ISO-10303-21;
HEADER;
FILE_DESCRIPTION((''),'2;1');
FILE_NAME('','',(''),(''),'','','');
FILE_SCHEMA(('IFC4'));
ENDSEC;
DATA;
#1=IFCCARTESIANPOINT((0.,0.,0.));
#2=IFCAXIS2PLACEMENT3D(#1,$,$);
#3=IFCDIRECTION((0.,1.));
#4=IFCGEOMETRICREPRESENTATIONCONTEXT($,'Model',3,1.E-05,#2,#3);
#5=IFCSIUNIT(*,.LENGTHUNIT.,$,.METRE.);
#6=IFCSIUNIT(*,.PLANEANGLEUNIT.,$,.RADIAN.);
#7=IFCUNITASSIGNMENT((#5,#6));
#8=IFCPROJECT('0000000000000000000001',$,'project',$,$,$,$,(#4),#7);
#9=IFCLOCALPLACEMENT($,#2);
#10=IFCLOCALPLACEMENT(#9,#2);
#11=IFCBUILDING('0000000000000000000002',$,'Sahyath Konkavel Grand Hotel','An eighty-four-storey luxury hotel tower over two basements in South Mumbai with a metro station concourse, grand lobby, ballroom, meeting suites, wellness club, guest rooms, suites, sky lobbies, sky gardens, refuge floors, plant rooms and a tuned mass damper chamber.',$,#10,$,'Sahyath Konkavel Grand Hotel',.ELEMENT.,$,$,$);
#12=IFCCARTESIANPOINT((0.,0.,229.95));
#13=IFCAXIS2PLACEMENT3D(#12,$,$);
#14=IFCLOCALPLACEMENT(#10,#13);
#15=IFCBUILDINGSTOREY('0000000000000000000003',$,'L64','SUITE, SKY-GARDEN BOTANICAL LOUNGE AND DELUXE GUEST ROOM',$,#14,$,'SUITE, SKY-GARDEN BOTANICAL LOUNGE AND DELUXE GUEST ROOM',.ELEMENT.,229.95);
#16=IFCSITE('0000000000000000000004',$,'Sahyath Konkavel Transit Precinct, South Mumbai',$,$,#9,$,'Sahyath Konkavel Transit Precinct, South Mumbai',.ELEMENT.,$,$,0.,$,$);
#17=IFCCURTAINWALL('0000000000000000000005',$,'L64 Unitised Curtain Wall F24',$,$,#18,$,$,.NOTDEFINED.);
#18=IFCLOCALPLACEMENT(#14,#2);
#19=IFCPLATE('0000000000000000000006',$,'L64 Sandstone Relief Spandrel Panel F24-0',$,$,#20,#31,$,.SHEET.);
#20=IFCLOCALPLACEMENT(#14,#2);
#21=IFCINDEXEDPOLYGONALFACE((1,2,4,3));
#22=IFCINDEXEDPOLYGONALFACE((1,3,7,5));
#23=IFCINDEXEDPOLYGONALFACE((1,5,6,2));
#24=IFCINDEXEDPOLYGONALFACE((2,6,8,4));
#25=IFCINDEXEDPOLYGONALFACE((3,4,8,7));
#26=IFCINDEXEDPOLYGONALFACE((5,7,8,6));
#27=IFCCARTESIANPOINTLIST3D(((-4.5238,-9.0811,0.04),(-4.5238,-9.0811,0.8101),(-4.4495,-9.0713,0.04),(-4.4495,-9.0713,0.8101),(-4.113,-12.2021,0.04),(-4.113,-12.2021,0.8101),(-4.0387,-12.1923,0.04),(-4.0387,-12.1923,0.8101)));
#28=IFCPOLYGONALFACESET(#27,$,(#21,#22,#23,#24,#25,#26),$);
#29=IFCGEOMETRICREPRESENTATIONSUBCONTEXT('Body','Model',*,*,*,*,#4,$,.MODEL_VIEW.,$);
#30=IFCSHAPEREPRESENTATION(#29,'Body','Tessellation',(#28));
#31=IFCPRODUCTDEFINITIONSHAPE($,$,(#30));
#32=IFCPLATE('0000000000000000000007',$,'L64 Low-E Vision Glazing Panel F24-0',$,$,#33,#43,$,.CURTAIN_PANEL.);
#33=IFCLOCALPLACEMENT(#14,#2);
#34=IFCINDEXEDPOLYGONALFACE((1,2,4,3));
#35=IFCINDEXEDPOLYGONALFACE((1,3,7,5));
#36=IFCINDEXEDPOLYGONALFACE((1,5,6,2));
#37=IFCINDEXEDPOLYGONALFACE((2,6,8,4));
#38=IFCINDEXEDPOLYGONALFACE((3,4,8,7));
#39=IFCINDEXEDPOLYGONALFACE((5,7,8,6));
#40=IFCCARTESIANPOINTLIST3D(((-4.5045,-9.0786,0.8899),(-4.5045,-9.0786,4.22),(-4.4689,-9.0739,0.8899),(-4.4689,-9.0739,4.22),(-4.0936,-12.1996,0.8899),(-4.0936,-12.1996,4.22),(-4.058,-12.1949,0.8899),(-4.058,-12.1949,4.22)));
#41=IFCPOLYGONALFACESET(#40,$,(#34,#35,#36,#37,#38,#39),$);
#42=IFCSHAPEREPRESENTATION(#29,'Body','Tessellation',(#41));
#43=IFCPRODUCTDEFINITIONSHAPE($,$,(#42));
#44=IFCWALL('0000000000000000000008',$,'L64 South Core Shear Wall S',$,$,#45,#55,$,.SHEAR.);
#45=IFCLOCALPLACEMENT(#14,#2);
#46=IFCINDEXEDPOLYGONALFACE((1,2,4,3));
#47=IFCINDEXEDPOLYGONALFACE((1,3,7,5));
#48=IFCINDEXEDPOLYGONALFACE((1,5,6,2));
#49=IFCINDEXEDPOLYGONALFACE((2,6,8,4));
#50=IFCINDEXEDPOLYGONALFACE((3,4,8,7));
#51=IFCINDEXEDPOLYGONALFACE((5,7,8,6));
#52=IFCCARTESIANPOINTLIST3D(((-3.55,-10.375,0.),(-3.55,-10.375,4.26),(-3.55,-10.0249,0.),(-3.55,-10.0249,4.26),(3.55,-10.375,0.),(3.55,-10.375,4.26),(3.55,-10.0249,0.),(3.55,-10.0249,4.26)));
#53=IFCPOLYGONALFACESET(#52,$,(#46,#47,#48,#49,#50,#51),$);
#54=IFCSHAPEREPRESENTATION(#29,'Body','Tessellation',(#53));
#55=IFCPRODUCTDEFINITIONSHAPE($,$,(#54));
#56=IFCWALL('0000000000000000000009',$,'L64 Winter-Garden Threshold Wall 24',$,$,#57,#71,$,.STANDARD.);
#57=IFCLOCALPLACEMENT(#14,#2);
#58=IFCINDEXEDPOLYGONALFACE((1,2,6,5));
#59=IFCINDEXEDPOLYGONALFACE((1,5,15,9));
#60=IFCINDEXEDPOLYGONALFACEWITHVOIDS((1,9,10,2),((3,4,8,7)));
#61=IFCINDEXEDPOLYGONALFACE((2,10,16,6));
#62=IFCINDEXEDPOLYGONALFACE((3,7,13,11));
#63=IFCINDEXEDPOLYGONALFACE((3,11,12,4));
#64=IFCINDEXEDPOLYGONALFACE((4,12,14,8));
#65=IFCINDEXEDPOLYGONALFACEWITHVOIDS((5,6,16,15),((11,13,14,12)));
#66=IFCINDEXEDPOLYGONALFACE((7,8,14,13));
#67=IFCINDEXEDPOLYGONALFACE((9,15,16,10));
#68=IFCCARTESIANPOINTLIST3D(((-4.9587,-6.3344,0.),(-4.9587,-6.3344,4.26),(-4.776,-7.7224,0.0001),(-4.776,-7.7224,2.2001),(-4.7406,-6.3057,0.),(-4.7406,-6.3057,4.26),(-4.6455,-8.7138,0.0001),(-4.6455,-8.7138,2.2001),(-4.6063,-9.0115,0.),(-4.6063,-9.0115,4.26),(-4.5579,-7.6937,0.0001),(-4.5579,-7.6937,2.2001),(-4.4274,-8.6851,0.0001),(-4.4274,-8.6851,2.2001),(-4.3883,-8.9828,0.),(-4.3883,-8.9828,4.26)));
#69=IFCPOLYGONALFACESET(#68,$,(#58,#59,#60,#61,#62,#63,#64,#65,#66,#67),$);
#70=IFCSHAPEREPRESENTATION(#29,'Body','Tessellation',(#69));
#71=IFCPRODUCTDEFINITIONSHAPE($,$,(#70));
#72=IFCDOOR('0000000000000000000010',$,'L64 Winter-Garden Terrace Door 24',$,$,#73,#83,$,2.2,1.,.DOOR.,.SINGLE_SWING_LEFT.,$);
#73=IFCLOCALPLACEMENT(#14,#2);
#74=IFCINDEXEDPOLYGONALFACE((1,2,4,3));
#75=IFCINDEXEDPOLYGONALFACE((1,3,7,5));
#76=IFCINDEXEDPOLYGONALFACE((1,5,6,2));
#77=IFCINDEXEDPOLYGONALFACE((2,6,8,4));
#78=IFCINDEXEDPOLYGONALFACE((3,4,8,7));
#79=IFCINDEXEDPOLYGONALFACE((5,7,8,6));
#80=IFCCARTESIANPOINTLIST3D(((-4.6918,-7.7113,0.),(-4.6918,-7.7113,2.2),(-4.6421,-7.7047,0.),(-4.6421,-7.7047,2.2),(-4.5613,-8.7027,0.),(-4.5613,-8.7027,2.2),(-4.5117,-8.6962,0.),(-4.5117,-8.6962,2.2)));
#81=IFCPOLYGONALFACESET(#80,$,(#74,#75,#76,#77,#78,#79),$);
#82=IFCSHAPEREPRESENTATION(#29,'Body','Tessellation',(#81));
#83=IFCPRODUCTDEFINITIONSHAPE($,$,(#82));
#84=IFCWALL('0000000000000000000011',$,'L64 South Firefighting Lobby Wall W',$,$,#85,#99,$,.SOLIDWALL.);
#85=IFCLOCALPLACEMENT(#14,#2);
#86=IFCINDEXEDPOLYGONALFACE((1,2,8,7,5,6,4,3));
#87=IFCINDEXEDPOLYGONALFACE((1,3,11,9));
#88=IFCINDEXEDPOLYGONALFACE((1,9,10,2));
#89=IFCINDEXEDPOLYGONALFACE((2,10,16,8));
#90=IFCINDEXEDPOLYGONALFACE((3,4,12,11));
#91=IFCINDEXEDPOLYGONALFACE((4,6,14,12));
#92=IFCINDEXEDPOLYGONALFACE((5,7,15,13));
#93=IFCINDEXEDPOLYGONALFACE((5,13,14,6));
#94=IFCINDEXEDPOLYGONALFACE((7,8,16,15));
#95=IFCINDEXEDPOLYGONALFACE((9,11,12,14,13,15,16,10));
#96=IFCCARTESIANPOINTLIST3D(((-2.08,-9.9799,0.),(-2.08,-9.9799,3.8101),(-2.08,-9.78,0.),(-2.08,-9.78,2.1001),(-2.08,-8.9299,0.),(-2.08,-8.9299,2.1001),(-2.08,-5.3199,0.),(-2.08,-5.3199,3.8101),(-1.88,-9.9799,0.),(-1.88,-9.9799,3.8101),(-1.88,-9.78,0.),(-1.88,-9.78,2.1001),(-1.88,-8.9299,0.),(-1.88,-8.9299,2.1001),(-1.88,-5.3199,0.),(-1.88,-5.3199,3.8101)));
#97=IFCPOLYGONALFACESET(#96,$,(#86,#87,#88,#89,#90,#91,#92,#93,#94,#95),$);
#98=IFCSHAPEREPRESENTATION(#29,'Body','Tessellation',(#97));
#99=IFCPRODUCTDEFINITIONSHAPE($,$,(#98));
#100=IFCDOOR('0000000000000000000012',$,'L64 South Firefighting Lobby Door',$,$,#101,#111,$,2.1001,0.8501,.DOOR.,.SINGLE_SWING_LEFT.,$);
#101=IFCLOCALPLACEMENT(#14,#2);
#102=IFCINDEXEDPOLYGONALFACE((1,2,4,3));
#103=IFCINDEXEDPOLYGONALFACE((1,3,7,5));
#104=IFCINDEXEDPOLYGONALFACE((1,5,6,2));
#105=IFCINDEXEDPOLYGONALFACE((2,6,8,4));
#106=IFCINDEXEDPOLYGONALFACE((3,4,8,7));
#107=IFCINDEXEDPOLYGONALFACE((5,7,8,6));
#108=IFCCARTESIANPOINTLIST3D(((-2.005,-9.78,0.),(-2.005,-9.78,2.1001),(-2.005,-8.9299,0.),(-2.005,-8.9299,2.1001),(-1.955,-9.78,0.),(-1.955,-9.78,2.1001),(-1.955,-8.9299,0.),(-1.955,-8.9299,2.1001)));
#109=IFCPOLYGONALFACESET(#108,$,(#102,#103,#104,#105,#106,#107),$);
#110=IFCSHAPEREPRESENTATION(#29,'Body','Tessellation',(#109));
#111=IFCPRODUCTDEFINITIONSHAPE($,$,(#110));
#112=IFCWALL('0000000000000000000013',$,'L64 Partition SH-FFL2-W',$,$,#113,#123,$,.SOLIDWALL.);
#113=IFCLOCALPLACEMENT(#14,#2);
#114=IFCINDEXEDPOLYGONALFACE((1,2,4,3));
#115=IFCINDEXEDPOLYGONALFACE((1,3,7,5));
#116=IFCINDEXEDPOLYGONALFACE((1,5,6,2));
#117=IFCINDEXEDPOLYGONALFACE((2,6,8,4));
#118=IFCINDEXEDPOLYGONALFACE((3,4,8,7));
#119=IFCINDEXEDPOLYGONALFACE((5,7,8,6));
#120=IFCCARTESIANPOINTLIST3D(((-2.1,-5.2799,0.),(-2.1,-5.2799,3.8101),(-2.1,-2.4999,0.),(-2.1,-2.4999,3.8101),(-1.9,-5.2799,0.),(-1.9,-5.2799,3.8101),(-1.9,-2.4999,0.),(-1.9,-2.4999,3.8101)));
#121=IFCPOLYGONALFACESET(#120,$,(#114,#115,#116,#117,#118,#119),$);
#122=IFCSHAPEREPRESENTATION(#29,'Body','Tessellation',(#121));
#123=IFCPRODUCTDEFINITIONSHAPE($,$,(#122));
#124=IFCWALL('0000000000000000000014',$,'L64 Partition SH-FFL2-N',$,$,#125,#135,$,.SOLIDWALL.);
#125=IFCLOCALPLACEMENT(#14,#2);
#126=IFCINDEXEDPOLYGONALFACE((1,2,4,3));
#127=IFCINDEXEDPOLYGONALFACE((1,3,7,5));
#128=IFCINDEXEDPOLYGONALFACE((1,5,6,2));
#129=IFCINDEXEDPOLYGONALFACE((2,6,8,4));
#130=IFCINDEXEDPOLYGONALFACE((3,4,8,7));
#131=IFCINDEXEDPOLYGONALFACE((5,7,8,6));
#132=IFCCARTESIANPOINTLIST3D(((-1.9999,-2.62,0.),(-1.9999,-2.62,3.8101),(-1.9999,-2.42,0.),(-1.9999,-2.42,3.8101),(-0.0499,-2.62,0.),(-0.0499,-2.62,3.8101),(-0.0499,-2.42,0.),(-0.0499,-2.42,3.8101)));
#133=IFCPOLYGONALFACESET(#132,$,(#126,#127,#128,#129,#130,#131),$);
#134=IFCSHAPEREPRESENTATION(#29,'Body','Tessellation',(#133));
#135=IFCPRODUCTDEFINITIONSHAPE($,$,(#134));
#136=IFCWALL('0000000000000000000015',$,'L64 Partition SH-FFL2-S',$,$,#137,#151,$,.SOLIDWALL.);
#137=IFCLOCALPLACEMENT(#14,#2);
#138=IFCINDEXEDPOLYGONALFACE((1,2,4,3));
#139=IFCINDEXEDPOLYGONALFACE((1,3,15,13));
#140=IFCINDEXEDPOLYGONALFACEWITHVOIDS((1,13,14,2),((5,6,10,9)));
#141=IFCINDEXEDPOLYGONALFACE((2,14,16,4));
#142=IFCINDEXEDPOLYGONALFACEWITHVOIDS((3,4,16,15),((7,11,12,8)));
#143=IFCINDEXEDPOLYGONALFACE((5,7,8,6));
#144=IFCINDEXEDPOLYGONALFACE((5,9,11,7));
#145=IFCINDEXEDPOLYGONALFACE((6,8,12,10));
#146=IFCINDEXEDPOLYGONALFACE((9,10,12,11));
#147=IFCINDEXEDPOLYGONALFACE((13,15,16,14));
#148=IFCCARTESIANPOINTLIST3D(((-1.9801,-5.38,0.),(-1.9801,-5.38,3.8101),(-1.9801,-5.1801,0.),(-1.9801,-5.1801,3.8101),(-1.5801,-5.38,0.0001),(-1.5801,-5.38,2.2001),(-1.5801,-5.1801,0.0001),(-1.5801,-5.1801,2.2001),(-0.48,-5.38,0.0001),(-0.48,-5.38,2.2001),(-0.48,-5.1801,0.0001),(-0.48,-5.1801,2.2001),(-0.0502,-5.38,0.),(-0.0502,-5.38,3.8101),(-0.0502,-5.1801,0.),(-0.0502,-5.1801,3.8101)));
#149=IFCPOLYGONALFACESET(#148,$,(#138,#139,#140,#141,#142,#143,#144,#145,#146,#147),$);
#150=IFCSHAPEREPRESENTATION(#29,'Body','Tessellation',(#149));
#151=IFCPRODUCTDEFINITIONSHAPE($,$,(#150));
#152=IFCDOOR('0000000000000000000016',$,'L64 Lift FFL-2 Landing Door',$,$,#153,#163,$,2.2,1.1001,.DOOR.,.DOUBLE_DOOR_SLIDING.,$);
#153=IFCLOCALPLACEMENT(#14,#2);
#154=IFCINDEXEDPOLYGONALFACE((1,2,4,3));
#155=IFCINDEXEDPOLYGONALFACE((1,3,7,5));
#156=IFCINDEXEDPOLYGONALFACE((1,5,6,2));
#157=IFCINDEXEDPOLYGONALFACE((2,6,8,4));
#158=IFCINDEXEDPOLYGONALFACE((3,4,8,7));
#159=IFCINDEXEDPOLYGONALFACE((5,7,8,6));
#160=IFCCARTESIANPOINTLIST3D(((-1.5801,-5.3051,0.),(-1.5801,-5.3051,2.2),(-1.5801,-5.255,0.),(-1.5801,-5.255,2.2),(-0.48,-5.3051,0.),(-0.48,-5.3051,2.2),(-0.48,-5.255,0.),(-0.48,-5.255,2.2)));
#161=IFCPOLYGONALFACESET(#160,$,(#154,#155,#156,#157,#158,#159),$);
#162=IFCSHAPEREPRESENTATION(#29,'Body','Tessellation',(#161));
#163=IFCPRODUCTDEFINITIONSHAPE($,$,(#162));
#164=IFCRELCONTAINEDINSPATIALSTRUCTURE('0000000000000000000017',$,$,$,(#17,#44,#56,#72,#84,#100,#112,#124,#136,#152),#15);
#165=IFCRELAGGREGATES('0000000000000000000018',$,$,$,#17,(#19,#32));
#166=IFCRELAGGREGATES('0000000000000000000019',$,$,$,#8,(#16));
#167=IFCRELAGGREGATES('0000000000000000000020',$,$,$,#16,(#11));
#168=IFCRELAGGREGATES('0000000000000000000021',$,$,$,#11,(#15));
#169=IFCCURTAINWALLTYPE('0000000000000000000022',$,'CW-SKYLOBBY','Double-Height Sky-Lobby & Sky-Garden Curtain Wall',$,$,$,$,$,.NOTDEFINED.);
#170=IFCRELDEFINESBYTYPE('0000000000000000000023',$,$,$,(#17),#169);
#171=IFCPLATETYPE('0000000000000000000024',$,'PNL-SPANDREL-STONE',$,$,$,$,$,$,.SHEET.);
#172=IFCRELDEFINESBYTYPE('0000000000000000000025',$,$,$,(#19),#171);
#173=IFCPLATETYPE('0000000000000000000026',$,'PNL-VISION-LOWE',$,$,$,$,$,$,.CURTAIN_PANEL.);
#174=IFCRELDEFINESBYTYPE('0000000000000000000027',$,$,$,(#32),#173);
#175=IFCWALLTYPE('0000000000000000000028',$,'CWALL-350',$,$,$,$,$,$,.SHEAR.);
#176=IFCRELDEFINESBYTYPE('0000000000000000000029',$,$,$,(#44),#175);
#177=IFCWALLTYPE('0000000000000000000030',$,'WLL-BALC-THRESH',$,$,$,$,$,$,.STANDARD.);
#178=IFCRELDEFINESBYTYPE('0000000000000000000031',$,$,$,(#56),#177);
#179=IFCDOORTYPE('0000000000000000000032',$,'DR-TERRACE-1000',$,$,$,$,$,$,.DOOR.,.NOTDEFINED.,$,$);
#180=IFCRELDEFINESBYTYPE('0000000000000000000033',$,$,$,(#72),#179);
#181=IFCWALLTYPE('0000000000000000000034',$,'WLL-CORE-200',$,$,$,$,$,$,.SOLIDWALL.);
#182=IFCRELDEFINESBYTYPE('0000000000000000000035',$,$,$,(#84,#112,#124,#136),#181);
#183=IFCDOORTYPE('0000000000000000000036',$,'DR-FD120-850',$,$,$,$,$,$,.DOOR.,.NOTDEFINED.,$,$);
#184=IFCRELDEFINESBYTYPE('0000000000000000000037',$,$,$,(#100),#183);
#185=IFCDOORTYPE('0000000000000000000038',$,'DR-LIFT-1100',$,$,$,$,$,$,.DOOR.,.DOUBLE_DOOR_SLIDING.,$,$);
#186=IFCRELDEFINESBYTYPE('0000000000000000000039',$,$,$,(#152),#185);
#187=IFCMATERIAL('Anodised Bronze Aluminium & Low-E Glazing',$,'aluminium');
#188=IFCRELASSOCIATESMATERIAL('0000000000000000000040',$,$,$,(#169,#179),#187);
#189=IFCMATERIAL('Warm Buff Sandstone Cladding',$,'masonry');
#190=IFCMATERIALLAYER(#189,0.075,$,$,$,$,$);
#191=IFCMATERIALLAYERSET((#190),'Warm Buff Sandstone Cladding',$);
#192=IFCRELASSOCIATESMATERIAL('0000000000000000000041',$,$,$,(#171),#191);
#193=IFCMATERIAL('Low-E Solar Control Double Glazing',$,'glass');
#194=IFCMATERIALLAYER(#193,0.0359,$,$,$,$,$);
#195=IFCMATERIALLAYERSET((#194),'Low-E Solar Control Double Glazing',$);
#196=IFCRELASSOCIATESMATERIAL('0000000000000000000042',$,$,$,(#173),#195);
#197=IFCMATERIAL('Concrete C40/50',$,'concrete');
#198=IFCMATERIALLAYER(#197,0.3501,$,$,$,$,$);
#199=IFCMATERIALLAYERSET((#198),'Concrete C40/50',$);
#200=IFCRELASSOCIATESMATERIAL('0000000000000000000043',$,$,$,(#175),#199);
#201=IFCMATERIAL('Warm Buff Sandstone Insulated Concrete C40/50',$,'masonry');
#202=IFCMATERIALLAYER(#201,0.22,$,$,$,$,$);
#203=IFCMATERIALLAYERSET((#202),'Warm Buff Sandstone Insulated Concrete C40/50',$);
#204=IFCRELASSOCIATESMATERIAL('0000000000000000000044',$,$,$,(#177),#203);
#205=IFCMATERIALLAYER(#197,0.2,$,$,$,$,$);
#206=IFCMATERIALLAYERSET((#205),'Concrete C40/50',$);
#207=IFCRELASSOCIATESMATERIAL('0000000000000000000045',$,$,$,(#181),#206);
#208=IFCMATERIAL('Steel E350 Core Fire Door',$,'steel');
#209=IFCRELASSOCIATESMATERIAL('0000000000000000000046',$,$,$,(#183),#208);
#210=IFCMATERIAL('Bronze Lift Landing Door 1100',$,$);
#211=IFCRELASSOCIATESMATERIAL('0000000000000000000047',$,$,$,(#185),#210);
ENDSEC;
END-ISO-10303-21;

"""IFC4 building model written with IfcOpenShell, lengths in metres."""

from ifc_helpers import new_model, si_unit, direction, frame, frame_2d, origin, origin_2d, place, context, subcontext, project, spatial, rectangle, extrude, source, transform, mapped, material, layer, layer_set, type_object, element, fill, aggregate, save


model = new_model("IFC4")

# Units and contexts
model_context = context("Model", 3, precision=1e-05, world=origin(), true_north=direction((0.0, 1.0)))
body_context = subcontext(model_context, "Body", "Model", "MODEL_VIEW")
ifc_project = project(units=[si_unit("LENGTHUNIT", "METRE"), si_unit("PLANEANGLEUNIT", "RADIAN")], contexts=[model_context])

# Site, building, storey
site_placement = place(None, origin())
site = spatial("IfcSite", under=ifc_project, at=site_placement, Name="Sahyath Konkavel Transit Precinct, South Mumbai", LongName="Sahyath Konkavel Transit Precinct, South Mumbai", CompositionType="ELEMENT", RefElevation=0.0)
building_placement = place(site_placement, origin())
building = spatial("IfcBuilding", under=site, at=building_placement, Name="Sahyath Konkavel Grand Hotel", Description="An eighty-four-storey luxury hotel tower over two basements in South Mumbai with a metro station concourse, grand lobby, ballroom, meeting suites, wellness club, guest rooms, suites, sky lobbies, sky gardens, refuge floors, plant rooms and a tuned mass damper chamber.", LongName="Sahyath Konkavel Grand Hotel", CompositionType="ELEMENT")
storey_placement = place(building_placement, frame((0.0, 0.0, 229.95)))
storey = spatial("IfcBuildingStorey", under=building, at=storey_placement, Name="L64", Description="SUITE, SKY-GARDEN BOTANICAL LOUNGE AND DELUXE GUEST ROOM", LongName="SUITE, SKY-GARDEN BOTANICAL LOUNGE AND DELUXE GUEST ROOM", CompositionType="ELEMENT", Elevation=229.95)

# Shared definitions
ifc_material_1 = material(Name="Concrete C40/50", Category="concrete")

# Shared definitions
ifc_material_2 = material(Name="Anodised Bronze Aluminium & Low-E Glazing", Category="aluminium")
curtain_wall_type = type_object("IfcCurtainWallType", Name="CW-SKYLOBBY", Description="Double-Height Sky-Lobby & Sky-Garden Curtain Wall", PredefinedType="NOTDEFINED", material=ifc_material_2)

# Curtain wall, plates
curtain_wall_1_placement = place(storey_placement, origin())
curtain_wall_1 = element("IfcCurtainWall", 1, at=curtain_wall_1_placement, inside=storey, type_object=curtain_wall_type, Name="L64 Unitised Curtain Wall F24", PredefinedType="NOTDEFINED")
ifc_material_3 = material(Name="Warm Buff Sandstone Cladding", Category="masonry")
ifc_layer_1 = layer(ifc_material_3, 0.075)
ifc_layer_set_1 = layer_set([ifc_layer_1], Name="Warm Buff Sandstone Cladding")
plate_type_1 = type_object("IfcPlateType", Name="PNL-SPANDREL-STONE", PredefinedType="SHEET", material=ifc_layer_set_1)
shared_shape_1 = source(origin(), body_context, "Body", "SweptSolid", [
    extrude(rectangle(XDim=3.1479, YDim=0.075, at=origin_2d()), origin(), (0.0, 0.0, 1.0), 0.77),
])
plate_1_placement = place(storey_placement, frame((-4.2812, -10.6367, 0.04), z_axis=(0.0, 0.0, 1.0), x_axis=(0.130526, -0.991445, 0.0)))
plate_1 = element("IfcPlate", 2, at=plate_1_placement, type_object=plate_type_1, Name="L64 Sandstone Relief Spandrel Panel F24-0", PredefinedType="SHEET", context=body_context, shape_type="MappedRepresentation", body=[
    mapped(shared_shape_1, transform((0.0, 0.0, 0.0), scale=1.0)),
])
ifc_material_4 = material(Name="Low-E Solar Control Double Glazing", Category="glass")
ifc_layer_2 = layer(ifc_material_4, 0.0359)
ifc_layer_set_2 = layer_set([ifc_layer_2], Name="Low-E Solar Control Double Glazing")
plate_type_2 = type_object("IfcPlateType", Name="PNL-VISION-LOWE", PredefinedType="CURTAIN_PANEL", material=ifc_layer_set_2)
shared_shape_2 = source(origin(), body_context, "Body", "SweptSolid", [
    extrude(rectangle(XDim=3.1479, YDim=0.0359, at=origin_2d()), origin(), (0.0, 0.0, 1.0), 3.3301),
])
plate_2_placement = place(storey_placement, frame((-4.2812, -10.6367, 0.8899), z_axis=(0.0, 0.0, 1.0), x_axis=(0.130526, -0.991445, 0.0)))
plate_2 = element("IfcPlate", 3, at=plate_2_placement, type_object=plate_type_2, Name="L64 Low-E Vision Glazing Panel F24-0", PredefinedType="CURTAIN_PANEL", context=body_context, shape_type="MappedRepresentation", body=[
    mapped(shared_shape_2, transform((0.0, 0.0, 0.0), scale=1.0)),
])
aggregate(curtain_wall_1, [plate_1, plate_2])

# Wall
ifc_layer_3 = layer(ifc_material_1, 0.3501)
ifc_layer_set_3 = layer_set([ifc_layer_3], Name="Concrete C40/50")
wall_type_1 = type_object("IfcWallType", Name="CWALL-350", PredefinedType="SHEAR", material=ifc_layer_set_3)
wall_1_placement = place(storey_placement, frame((-3.55, -10.2, 0.0), z_axis=(0.0, 0.0, 1.0), x_axis=(1.0, 0.0, 0.0)))
element("IfcWall", 4, at=wall_1_placement, inside=storey, type_object=wall_type_1, Name="L64 South Core Shear Wall S", PredefinedType="SHEAR", context=body_context, shape_type="SweptSolid", body=[
    extrude(rectangle(XDim=7.1001, YDim=0.3501, at=frame_2d((3.55, 0.0))), origin(), (0.0, 0.0, 1.0), 4.26),
])

# Walls, openings, doors
ifc_material_5 = material(Name="Warm Buff Sandstone Insulated Concrete C40/50", Category="masonry")
ifc_layer_4 = layer(ifc_material_5, 0.22)
ifc_layer_set_4 = layer_set([ifc_layer_4], Name="Warm Buff Sandstone Insulated Concrete C40/50")
wall_type_2 = type_object("IfcWallType", Name="WLL-BALC-THRESH", PredefinedType="STANDARD", material=ifc_layer_set_4)
wall_2_placement = place(storey_placement, frame((-4.8496, -6.3201, 0.0), z_axis=(0.0, 0.0, 1.0), x_axis=(0.130476, -0.991452, 0.0)))
wall_2 = element("IfcWall", 5, at=wall_2_placement, inside=storey, type_object=wall_type_2, Name="L64 Winter-Garden Threshold Wall 24", PredefinedType="STANDARD", context=body_context, shape_type="SweptSolid", body=[
    extrude(rectangle(XDim=2.7002, YDim=0.22, at=frame_2d((1.3501, 0.0))), origin(), (0.0, 0.0, 1.0), 4.26),
])
opening_1_placement = place(wall_2_placement, frame((1.3999, 0.0, 0.0)))
opening_1 = element("IfcOpeningElement", 6, at=opening_1_placement, cuts=wall_2, PredefinedType="OPENING", context=body_context, shape_type="SweptSolid", body=[
    extrude(rectangle(XDim=1.0, YDim=2.2, at=frame_2d((0.5, 1.1001))), frame((0.0, 0.1201, 0.0), z_axis=(0.0, -1.0, 0.0), x_axis=(1.0, 0.0, 0.0)), (0.0, 0.0, 1.0), 0.24),
])
door_type_1 = type_object("IfcDoorType", Name="DR-TERRACE-1000", OperationType="NOTDEFINED", PredefinedType="DOOR", material=ifc_material_2)
shared_shape_3 = source(origin(), body_context, "Body", "SweptSolid", [
    extrude(rectangle(XDim=1.0, YDim=0.05, at=origin_2d()), origin(), (0.0, 0.0, 1.0), 2.2),
])
door_1_placement = place(opening_1_placement, frame((0.5, 0.0, 0.0)))
door_1 = element("IfcDoor", 7, at=door_1_placement, inside=storey, type_object=door_type_1, Name="L64 Winter-Garden Terrace Door 24", OperationType="SINGLE_SWING_LEFT", OverallHeight=2.2, OverallWidth=1.0, PredefinedType="DOOR", context=body_context, shape_type="MappedRepresentation", body=[
    mapped(shared_shape_3, transform((0.0, 0.0, 0.0), scale=1.0)),
])
fill(opening_1, door_1)
ifc_layer_5 = layer(ifc_material_1, 0.2)
ifc_layer_set_5 = layer_set([ifc_layer_5], Name="Concrete C40/50")
wall_type_3 = type_object("IfcWallType", Name="WLL-CORE-200", PredefinedType="SOLIDWALL", material=ifc_layer_set_5)
wall_3_placement = place(storey_placement, frame((-1.98, -9.98, 0.0), z_axis=(0.0, 0.0, 1.0), x_axis=(0.0, 1.0, 0.0)))
wall_3 = element("IfcWall", 8, at=wall_3_placement, inside=storey, type_object=wall_type_3, Name="L64 South Firefighting Lobby Wall W", PredefinedType="SOLIDWALL", context=body_context, shape_type="SweptSolid", body=[
    extrude(rectangle(XDim=4.6599, YDim=0.2, at=frame_2d((2.3301, 0.0))), origin(), (0.0, 0.0, 1.0), 3.8101),
])
opening_2_placement = place(wall_3_placement, frame((0.2, 0.0, 0.0)))
opening_2 = element("IfcOpeningElement", 9, at=opening_2_placement, cuts=wall_3, PredefinedType="OPENING", context=body_context, shape_type="SweptSolid", body=[
    extrude(rectangle(XDim=0.8501, YDim=2.1001, at=frame_2d((0.425, 1.05))), frame((0.0, 0.1099, 0.0), z_axis=(0.0, -1.0, 0.0), x_axis=(1.0, 0.0, 0.0)), (0.0, 0.0, 1.0), 0.22),
])
ifc_material_6 = material(Name="Steel E350 Core Fire Door", Category="steel")
door_type_2 = type_object("IfcDoorType", Name="DR-FD120-850", OperationType="NOTDEFINED", PredefinedType="DOOR", material=ifc_material_6)
shared_shape_4 = source(origin(), body_context, "Body", "SweptSolid", [
    extrude(rectangle(XDim=0.8501, YDim=0.05, at=origin_2d()), origin(), (0.0, 0.0, 1.0), 2.1001),
])
door_2_placement = place(opening_2_placement, frame((0.425, 0.0, 0.0)))
door_2 = element("IfcDoor", 10, at=door_2_placement, inside=storey, type_object=door_type_2, Name="L64 South Firefighting Lobby Door", OperationType="SINGLE_SWING_LEFT", OverallHeight=2.1001, OverallWidth=0.8501, PredefinedType="DOOR", context=body_context, shape_type="MappedRepresentation", body=[
    mapped(shared_shape_4, transform((0.0, 0.0, 0.0), scale=1.0)),
])
fill(opening_2, door_2)

# Walls
wall_4_placement = place(storey_placement, frame((-2.0, -5.28, 0.0), z_axis=(0.0, 0.0, 1.0), x_axis=(0.0, 1.0, 0.0)))
element("IfcWall", 11, at=wall_4_placement, inside=storey, type_object=wall_type_3, Name="L64 Partition SH-FFL2-W", PredefinedType="SOLIDWALL", context=body_context, shape_type="SweptSolid", body=[
    extrude(rectangle(XDim=2.78, YDim=0.2, at=frame_2d((1.3901, 0.0))), origin(), (0.0, 0.0, 1.0), 3.8101),
])
wall_5_placement = place(storey_placement, frame((-2.0, -2.52, 0.0), z_axis=(0.0, 0.0, 1.0), x_axis=(1.0, 0.0, 0.0)))
element("IfcWall", 12, at=wall_5_placement, inside=storey, type_object=wall_type_3, Name="L64 Partition SH-FFL2-N", PredefinedType="SOLIDWALL", context=body_context, shape_type="SweptSolid", body=[
    extrude(rectangle(XDim=1.95, YDim=0.2, at=frame_2d((0.9751, 0.0))), origin(), (0.0, 0.0, 1.0), 3.8101),
])

# Wall, opening, door
wall_6_placement = place(storey_placement, frame((-1.98, -5.28, 0.0), z_axis=(0.0, 0.0, 1.0), x_axis=(1.0, 0.0, 0.0)))
wall_6 = element("IfcWall", 13, at=wall_6_placement, inside=storey, type_object=wall_type_3, Name="L64 Partition SH-FFL2-S", PredefinedType="SOLIDWALL", context=body_context, shape_type="SweptSolid", body=[
    extrude(rectangle(XDim=1.9299, YDim=0.2, at=frame_2d((0.9648, 0.0))), origin(), (0.0, 0.0, 1.0), 3.8101),
])
opening_3_placement = place(wall_6_placement, frame((0.3999, 0.0, 0.0)))
opening_3 = element("IfcOpeningElement", 14, at=opening_3_placement, cuts=wall_6, PredefinedType="OPENING", context=body_context, shape_type="SweptSolid", body=[
    extrude(rectangle(XDim=1.1001, YDim=2.2, at=frame_2d((0.55, 1.1001))), frame((0.0, 0.1099, 0.0), z_axis=(0.0, -1.0, 0.0), x_axis=(1.0, 0.0, 0.0)), (0.0, 0.0, 1.0), 0.22),
])
ifc_material_7 = material(Name="Bronze Lift Landing Door 1100")
door_type_3 = type_object("IfcDoorType", Name="DR-LIFT-1100", OperationType="DOUBLE_DOOR_SLIDING", PredefinedType="DOOR", material=ifc_material_7)
shared_shape_5 = source(origin(), body_context, "Body", "SweptSolid", [
    extrude(rectangle(XDim=1.1001, YDim=0.05, at=origin_2d()), origin(), (0.0, 0.0, 1.0), 2.2),
])
door_3_placement = place(opening_3_placement, frame((0.55, 0.0, 0.0)))
door_3 = element("IfcDoor", 15, at=door_3_placement, inside=storey, type_object=door_type_3, Name="L64 Lift FFL-2 Landing Door", OperationType="DOUBLE_DOOR_SLIDING", OverallHeight=2.2, OverallWidth=1.1001, PredefinedType="DOOR", context=body_context, shape_type="MappedRepresentation", body=[
    mapped(shared_shape_5, transform((0.0, 0.0, 0.0), scale=1.0)),
])
fill(opening_3, door_3)

save(model, "model.ifc")
